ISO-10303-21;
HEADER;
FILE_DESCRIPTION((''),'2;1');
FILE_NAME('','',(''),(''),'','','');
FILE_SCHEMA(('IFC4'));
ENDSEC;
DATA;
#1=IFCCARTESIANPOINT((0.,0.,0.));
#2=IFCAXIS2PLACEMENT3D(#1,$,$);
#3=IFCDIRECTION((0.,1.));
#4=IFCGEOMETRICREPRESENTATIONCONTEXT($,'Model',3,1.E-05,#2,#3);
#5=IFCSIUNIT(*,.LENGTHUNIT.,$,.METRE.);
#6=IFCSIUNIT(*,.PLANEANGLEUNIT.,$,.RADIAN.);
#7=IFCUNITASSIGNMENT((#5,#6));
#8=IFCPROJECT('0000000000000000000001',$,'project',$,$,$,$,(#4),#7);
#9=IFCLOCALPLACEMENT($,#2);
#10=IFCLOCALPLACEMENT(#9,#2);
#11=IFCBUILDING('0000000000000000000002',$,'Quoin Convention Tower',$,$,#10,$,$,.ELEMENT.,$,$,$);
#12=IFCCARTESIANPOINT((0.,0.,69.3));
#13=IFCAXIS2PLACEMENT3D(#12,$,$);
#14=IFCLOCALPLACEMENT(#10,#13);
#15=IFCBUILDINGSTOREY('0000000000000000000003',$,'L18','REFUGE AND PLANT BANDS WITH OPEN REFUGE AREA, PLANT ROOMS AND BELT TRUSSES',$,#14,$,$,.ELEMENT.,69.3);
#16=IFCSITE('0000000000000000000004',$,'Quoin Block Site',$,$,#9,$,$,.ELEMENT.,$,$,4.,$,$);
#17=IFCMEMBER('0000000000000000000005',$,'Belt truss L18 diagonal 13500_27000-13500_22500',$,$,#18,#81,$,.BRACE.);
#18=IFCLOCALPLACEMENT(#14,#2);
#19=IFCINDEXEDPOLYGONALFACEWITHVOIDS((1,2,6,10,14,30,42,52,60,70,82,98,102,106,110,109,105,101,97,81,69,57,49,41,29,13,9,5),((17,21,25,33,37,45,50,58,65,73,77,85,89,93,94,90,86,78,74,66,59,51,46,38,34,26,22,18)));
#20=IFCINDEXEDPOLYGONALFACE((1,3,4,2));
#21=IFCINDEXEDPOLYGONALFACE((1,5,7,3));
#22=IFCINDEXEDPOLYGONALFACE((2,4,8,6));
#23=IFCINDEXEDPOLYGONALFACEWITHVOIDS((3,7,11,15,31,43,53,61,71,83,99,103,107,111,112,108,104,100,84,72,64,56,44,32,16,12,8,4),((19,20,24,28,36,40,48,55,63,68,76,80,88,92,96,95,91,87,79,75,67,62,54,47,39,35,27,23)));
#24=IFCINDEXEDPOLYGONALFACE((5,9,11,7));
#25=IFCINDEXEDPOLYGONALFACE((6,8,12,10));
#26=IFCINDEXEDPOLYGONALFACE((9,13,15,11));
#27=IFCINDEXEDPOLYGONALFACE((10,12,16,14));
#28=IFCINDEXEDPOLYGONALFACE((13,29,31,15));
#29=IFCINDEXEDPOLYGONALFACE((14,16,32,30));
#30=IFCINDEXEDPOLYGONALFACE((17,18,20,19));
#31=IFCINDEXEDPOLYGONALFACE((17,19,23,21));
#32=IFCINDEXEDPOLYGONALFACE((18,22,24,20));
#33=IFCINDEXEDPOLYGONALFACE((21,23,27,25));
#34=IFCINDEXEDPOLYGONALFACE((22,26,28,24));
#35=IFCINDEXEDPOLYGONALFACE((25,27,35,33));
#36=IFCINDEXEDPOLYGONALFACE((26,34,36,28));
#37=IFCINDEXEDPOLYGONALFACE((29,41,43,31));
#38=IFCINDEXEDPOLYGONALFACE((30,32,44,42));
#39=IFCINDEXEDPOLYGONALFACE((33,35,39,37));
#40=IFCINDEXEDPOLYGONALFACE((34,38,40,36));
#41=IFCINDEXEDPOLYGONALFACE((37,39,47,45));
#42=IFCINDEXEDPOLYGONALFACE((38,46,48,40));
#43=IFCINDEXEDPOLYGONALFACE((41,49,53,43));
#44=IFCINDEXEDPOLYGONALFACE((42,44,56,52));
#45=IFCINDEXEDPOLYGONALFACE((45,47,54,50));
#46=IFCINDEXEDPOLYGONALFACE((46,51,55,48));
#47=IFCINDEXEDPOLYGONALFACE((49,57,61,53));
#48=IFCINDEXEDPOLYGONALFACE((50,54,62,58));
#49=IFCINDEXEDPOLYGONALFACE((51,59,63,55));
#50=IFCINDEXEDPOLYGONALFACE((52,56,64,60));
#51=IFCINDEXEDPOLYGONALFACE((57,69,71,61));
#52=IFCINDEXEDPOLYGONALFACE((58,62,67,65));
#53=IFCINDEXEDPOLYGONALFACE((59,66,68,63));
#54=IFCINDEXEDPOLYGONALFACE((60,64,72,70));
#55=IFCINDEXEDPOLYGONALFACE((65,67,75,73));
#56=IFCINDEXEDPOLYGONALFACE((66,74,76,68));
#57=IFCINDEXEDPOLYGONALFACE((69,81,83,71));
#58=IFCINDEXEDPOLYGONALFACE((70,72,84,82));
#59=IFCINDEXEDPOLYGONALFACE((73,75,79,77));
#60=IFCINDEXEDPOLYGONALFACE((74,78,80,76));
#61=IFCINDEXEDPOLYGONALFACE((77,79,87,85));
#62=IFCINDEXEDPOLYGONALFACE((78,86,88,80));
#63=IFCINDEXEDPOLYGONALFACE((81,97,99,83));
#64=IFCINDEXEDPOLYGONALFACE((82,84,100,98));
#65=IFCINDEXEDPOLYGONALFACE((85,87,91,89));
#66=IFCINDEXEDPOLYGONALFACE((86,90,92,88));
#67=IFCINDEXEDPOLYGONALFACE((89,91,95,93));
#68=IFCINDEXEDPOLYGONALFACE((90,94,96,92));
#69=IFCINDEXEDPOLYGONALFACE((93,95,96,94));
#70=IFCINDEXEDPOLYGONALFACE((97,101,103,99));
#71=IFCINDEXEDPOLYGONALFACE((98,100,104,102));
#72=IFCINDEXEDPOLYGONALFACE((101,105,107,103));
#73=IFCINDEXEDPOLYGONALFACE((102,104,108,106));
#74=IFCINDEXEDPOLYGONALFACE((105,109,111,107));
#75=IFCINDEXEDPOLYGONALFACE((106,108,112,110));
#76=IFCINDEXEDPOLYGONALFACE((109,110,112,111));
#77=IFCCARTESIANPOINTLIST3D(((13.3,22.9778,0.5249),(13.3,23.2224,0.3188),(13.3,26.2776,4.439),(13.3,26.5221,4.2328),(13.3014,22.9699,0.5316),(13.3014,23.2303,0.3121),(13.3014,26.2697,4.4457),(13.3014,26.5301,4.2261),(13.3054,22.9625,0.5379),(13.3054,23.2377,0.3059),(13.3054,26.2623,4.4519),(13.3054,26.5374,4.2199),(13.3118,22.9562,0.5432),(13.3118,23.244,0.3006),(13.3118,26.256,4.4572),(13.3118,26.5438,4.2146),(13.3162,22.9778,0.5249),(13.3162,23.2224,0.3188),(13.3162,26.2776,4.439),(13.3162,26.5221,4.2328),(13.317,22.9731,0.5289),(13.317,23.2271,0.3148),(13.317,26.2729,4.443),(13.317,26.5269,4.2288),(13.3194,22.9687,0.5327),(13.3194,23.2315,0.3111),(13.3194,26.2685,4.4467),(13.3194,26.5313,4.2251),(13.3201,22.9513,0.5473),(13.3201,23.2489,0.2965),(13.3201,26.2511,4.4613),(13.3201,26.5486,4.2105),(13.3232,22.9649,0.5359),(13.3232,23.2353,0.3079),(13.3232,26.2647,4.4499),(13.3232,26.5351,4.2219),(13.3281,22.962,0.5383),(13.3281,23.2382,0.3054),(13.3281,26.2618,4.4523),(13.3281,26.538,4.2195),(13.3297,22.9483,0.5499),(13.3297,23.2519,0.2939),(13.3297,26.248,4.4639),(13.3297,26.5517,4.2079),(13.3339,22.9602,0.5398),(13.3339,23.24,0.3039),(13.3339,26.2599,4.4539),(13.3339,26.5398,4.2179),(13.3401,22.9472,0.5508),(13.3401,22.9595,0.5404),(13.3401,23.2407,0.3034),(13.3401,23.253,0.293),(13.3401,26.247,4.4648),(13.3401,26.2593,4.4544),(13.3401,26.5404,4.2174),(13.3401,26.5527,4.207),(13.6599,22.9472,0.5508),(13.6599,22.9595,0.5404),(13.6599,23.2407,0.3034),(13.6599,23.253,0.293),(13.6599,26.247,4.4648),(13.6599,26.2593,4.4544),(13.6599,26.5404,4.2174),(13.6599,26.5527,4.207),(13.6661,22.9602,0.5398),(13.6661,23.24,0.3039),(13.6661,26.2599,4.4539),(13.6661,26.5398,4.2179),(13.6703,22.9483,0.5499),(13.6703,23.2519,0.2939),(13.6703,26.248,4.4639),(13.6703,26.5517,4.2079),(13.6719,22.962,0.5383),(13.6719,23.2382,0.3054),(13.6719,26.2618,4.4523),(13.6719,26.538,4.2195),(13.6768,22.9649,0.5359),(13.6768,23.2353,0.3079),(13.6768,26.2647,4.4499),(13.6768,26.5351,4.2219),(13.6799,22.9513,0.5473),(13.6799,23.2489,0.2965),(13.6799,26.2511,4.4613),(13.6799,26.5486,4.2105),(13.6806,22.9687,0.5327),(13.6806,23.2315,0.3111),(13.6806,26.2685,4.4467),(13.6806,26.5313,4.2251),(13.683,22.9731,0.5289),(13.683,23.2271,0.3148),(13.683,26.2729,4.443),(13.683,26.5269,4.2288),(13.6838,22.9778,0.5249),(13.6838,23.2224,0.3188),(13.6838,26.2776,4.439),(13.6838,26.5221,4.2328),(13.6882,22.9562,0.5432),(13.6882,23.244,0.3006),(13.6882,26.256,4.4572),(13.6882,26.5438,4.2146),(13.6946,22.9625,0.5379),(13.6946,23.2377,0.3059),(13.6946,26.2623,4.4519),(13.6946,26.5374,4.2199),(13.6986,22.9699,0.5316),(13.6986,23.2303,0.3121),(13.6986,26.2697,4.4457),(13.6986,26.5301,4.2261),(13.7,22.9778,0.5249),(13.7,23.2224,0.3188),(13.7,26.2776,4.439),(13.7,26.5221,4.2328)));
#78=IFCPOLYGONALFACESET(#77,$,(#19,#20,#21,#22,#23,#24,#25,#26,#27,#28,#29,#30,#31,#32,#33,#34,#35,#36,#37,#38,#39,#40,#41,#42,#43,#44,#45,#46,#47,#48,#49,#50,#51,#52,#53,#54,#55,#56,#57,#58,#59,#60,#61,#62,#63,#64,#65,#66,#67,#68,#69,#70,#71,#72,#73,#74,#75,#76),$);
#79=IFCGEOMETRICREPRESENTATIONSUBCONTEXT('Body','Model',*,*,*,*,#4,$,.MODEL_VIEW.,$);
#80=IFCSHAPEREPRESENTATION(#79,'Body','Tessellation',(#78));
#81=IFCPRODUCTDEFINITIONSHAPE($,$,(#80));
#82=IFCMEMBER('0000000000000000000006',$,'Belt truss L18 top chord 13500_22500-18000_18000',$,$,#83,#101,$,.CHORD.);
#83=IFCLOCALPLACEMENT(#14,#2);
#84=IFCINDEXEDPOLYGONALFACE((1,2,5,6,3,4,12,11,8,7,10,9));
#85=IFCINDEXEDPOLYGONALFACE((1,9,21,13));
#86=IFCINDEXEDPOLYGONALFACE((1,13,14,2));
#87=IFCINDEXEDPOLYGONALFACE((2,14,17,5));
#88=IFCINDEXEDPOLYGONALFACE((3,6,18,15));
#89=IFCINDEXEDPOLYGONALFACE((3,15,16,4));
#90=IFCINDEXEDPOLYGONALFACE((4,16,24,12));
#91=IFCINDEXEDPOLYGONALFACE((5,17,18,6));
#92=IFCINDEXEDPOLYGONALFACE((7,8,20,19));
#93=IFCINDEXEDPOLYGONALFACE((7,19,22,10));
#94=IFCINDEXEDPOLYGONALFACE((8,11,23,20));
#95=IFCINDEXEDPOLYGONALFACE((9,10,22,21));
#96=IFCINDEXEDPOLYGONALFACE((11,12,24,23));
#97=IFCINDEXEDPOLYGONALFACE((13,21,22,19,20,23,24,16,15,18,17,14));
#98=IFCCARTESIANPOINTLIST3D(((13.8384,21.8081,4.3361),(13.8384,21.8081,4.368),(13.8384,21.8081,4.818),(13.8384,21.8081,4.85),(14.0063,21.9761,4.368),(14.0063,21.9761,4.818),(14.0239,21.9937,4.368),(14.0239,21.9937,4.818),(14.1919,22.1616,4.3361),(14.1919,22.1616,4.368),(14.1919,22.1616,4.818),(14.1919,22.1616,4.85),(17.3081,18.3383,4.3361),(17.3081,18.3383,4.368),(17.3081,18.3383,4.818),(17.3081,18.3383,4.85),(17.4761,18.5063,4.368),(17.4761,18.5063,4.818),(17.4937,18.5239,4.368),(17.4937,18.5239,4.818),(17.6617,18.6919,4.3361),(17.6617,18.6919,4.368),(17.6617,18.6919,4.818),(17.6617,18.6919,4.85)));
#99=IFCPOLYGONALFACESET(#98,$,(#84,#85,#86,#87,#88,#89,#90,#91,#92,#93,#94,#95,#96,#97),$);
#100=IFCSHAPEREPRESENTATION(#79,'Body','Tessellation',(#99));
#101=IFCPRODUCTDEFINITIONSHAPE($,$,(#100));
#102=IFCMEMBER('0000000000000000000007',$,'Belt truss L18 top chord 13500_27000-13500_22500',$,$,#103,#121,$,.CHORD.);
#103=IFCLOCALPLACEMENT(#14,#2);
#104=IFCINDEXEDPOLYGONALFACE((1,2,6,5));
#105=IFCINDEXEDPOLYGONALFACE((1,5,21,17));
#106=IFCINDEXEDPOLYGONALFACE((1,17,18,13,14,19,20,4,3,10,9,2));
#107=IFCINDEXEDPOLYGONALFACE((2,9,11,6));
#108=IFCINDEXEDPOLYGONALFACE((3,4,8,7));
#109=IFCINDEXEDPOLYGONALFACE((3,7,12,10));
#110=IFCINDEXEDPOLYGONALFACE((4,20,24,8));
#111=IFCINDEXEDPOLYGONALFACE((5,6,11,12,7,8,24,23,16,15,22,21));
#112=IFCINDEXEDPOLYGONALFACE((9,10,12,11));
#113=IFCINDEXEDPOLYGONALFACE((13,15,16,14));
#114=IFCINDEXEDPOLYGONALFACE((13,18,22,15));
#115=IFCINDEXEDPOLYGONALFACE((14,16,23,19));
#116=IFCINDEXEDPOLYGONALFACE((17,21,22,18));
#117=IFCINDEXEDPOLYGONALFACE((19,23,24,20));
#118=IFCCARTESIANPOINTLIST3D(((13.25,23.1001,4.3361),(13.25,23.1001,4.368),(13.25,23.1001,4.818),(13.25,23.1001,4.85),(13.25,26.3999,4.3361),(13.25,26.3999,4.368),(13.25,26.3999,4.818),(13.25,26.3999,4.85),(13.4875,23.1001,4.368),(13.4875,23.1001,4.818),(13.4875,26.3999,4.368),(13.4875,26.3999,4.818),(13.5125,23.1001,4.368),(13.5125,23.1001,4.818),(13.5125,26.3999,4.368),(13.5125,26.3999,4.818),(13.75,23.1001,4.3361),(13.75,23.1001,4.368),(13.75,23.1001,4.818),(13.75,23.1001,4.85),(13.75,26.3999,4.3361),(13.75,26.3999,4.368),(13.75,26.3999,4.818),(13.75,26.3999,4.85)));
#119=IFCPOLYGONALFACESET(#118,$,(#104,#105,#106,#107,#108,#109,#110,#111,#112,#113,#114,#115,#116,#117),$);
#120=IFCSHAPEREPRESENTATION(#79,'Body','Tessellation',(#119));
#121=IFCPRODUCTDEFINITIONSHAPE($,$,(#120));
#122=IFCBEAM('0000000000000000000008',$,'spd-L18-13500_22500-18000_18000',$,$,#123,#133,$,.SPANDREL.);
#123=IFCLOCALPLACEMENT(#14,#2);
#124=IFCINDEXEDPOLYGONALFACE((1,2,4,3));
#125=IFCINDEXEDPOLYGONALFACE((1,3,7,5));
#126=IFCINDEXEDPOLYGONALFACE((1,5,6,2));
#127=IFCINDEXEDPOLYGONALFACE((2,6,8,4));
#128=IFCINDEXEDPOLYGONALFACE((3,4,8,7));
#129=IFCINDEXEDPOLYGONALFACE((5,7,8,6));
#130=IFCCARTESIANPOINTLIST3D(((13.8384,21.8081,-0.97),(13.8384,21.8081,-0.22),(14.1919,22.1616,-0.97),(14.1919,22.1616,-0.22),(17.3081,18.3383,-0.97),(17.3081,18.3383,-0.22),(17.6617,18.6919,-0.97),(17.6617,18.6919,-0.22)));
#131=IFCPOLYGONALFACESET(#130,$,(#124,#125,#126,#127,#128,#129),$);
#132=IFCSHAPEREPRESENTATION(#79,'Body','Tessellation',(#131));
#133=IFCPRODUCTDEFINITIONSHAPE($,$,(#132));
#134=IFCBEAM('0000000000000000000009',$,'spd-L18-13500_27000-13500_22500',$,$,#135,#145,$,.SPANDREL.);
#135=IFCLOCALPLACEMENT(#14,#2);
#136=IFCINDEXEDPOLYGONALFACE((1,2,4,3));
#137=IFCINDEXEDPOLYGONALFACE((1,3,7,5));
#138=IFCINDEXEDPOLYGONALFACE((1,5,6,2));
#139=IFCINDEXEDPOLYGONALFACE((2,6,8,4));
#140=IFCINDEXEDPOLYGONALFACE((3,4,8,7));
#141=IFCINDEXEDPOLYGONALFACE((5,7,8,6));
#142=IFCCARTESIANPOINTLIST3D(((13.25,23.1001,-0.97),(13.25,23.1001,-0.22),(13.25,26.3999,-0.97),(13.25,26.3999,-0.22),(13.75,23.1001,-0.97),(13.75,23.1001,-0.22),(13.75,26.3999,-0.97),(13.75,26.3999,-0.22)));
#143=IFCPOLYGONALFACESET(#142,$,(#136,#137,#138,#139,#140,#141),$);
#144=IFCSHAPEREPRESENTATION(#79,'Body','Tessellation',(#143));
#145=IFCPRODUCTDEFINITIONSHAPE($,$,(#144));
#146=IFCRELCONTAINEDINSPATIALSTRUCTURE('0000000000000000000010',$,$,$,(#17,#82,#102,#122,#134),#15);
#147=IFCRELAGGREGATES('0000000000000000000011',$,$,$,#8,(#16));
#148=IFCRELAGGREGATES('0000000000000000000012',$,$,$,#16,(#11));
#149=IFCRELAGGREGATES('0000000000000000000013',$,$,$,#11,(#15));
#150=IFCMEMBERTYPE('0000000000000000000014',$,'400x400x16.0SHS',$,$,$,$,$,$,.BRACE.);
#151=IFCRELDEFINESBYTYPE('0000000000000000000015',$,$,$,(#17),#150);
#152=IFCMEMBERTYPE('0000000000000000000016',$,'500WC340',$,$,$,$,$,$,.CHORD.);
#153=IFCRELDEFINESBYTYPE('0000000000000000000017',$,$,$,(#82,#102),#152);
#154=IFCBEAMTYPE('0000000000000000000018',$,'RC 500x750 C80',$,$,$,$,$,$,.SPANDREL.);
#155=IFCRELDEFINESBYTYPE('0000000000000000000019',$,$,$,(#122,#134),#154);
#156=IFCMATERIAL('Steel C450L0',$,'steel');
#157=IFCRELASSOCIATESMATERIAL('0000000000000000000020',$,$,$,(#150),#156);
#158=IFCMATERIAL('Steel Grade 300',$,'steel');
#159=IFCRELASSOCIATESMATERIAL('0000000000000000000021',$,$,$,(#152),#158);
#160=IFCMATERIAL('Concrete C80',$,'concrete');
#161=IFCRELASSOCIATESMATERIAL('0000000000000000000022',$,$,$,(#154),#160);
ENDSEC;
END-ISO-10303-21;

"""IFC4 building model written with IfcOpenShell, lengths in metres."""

from ifc_helpers import new_model, si_unit, direction, frame, origin, origin_2d, place, context, subcontext, project, spatial, rectangle, hollow_rectangle, i_section, extrude, material, material_profile, profile_set, type_object, element, save


model = new_model("IFC4")

# Units and contexts
model_context = context("Model", 3, precision=1e-05, world=origin(), true_north=direction((0.0, 1.0)))
body_context = subcontext(model_context, "Body", "Model", "MODEL_VIEW")
ifc_project = project(units=[si_unit("LENGTHUNIT", "METRE"), si_unit("PLANEANGLEUNIT", "RADIAN")], contexts=[model_context])

# Site, building, storey
site_placement = place(None, origin())
site = spatial("IfcSite", under=ifc_project, at=site_placement, Name="Quoin Block Site", CompositionType="ELEMENT", RefElevation=4.0)
building_placement = place(site_placement, origin())
building = spatial("IfcBuilding", under=site, at=building_placement, Name="Quoin Convention Tower", CompositionType="ELEMENT")
storey_placement = place(building_placement, frame((0.0, 0.0, 69.3)))
storey = spatial("IfcBuildingStorey", under=building, at=storey_placement, Name="L18", Description="REFUGE AND PLANT BANDS WITH OPEN REFUGE AREA, PLANT ROOMS AND BELT TRUSSES", CompositionType="ELEMENT", Elevation=69.3)

# Shared definitions
ifc_material_1 = material(Name="Concrete C80", Category="concrete")

# Shared definitions
ifc_material_2 = material(Name="Steel Grade 300", Category="steel")

# Members
ifc_material_3 = material(Name="Steel C450L0", Category="steel")
ifc_material_profile_1 = material_profile(ifc_material_3, hollow_rectangle(XDim=0.3999, YDim=0.3999, WallThickness=0.0161, InnerFilletRadius=0.0239, OuterFilletRadius=0.04, at=origin_2d()), Name="400x400x16.0SHS")
ifc_profile_set_1 = profile_set([ifc_material_profile_1], Name="Steel C450L0")
member_type_1 = type_object("IfcMemberType", Name="400x400x16.0SHS", PredefinedType="BRACE", material=ifc_profile_set_1)
member_1_placement = place(storey_placement, frame((13.5, 23.1001, 0.4219), z_axis=(0.0, 0.644564, 0.76455), x_axis=(-1.0, 0.0, 0.0)))
element("IfcMember", 1, at=member_1_placement, inside=storey, type_object=member_type_1, Name="Belt truss L18 diagonal 13500_27000-13500_22500", PredefinedType="BRACE", context=body_context, shape_type="SweptSolid", body=[
    extrude(hollow_rectangle(XDim=0.3999, YDim=0.3999, WallThickness=0.0161, InnerFilletRadius=0.0239, OuterFilletRadius=0.04, at=origin_2d()), origin(), (0.0, 0.0, 1.0), 5.1194),
])
ifc_material_profile_2 = material_profile(ifc_material_2, i_section(OverallWidth=0.5, OverallDepth=0.5139, WebThickness=0.0249, FlangeThickness=0.032, at=origin_2d()), Name="500WC340")
ifc_profile_set_2 = profile_set([ifc_material_profile_2], Name="Steel Grade 300")
member_type_2 = type_object("IfcMemberType", Name="500WC340", PredefinedType="CHORD", material=ifc_profile_set_2)
member_2_placement = place(storey_placement, frame((14.0151, 21.9849, 4.593), z_axis=(0.707107, -0.707107, 0.0), x_axis=(0.707107, 0.707107, 0.0)))
element("IfcMember", 2, at=member_2_placement, inside=storey, type_object=member_type_2, Name="Belt truss L18 top chord 13500_22500-18000_18000", PredefinedType="CHORD", context=body_context, shape_type="SweptSolid", body=[
    extrude(i_section(OverallWidth=0.5, OverallDepth=0.5139, WebThickness=0.0249, FlangeThickness=0.032, at=origin_2d()), origin(), (0.0, 0.0, 1.0), 4.907),
])
member_3_placement = place(storey_placement, frame((13.5, 26.3999, 4.593), z_axis=(0.0, -1.0, 0.0), x_axis=(1.0, 0.0, 0.0)))
element("IfcMember", 3, at=member_3_placement, inside=storey, type_object=member_type_2, Name="Belt truss L18 top chord 13500_27000-13500_22500", PredefinedType="CHORD", context=body_context, shape_type="SweptSolid", body=[
    extrude(i_section(OverallWidth=0.5, OverallDepth=0.5139, WebThickness=0.0249, FlangeThickness=0.032, at=origin_2d()), origin(), (0.0, 0.0, 1.0), 3.2998),
])

# Beams
ifc_material_profile_3 = material_profile(ifc_material_1, rectangle(XDim=0.5, YDim=0.75, at=origin_2d()), Name="RC 500x750")
ifc_profile_set_3 = profile_set([ifc_material_profile_3], Name="Concrete C80")
beam_type_1 = type_object("IfcBeamType", Name="RC 500x750 C80", PredefinedType="SPANDREL", material=ifc_profile_set_3)
beam_1_placement = place(storey_placement, frame((14.0151, 21.9849, -0.595), z_axis=(0.707107, -0.707107, 0.0), x_axis=(0.707107, 0.707107, 0.0)))
element("IfcBeam", 4, at=beam_1_placement, inside=storey, type_object=beam_type_1, Name="spd-L18-13500_22500-18000_18000", PredefinedType="SPANDREL", context=body_context, shape_type="SweptSolid", body=[
    extrude(rectangle(XDim=0.5, YDim=0.75, at=origin_2d()), origin(), (0.0, 0.0, 1.0), 4.907),
])
beam_2_placement = place(storey_placement, frame((13.5, 26.3999, -0.595), z_axis=(0.0, -1.0, 0.0), x_axis=(1.0, 0.0, 0.0)))
element("IfcBeam", 5, at=beam_2_placement, inside=storey, type_object=beam_type_1, Name="spd-L18-13500_27000-13500_22500", PredefinedType="SPANDREL", context=body_context, shape_type="SweptSolid", body=[
    extrude(rectangle(XDim=0.5, YDim=0.75, at=origin_2d()), origin(), (0.0, 0.0, 1.0), 3.2998),
])

save(model, "model.ifc")
